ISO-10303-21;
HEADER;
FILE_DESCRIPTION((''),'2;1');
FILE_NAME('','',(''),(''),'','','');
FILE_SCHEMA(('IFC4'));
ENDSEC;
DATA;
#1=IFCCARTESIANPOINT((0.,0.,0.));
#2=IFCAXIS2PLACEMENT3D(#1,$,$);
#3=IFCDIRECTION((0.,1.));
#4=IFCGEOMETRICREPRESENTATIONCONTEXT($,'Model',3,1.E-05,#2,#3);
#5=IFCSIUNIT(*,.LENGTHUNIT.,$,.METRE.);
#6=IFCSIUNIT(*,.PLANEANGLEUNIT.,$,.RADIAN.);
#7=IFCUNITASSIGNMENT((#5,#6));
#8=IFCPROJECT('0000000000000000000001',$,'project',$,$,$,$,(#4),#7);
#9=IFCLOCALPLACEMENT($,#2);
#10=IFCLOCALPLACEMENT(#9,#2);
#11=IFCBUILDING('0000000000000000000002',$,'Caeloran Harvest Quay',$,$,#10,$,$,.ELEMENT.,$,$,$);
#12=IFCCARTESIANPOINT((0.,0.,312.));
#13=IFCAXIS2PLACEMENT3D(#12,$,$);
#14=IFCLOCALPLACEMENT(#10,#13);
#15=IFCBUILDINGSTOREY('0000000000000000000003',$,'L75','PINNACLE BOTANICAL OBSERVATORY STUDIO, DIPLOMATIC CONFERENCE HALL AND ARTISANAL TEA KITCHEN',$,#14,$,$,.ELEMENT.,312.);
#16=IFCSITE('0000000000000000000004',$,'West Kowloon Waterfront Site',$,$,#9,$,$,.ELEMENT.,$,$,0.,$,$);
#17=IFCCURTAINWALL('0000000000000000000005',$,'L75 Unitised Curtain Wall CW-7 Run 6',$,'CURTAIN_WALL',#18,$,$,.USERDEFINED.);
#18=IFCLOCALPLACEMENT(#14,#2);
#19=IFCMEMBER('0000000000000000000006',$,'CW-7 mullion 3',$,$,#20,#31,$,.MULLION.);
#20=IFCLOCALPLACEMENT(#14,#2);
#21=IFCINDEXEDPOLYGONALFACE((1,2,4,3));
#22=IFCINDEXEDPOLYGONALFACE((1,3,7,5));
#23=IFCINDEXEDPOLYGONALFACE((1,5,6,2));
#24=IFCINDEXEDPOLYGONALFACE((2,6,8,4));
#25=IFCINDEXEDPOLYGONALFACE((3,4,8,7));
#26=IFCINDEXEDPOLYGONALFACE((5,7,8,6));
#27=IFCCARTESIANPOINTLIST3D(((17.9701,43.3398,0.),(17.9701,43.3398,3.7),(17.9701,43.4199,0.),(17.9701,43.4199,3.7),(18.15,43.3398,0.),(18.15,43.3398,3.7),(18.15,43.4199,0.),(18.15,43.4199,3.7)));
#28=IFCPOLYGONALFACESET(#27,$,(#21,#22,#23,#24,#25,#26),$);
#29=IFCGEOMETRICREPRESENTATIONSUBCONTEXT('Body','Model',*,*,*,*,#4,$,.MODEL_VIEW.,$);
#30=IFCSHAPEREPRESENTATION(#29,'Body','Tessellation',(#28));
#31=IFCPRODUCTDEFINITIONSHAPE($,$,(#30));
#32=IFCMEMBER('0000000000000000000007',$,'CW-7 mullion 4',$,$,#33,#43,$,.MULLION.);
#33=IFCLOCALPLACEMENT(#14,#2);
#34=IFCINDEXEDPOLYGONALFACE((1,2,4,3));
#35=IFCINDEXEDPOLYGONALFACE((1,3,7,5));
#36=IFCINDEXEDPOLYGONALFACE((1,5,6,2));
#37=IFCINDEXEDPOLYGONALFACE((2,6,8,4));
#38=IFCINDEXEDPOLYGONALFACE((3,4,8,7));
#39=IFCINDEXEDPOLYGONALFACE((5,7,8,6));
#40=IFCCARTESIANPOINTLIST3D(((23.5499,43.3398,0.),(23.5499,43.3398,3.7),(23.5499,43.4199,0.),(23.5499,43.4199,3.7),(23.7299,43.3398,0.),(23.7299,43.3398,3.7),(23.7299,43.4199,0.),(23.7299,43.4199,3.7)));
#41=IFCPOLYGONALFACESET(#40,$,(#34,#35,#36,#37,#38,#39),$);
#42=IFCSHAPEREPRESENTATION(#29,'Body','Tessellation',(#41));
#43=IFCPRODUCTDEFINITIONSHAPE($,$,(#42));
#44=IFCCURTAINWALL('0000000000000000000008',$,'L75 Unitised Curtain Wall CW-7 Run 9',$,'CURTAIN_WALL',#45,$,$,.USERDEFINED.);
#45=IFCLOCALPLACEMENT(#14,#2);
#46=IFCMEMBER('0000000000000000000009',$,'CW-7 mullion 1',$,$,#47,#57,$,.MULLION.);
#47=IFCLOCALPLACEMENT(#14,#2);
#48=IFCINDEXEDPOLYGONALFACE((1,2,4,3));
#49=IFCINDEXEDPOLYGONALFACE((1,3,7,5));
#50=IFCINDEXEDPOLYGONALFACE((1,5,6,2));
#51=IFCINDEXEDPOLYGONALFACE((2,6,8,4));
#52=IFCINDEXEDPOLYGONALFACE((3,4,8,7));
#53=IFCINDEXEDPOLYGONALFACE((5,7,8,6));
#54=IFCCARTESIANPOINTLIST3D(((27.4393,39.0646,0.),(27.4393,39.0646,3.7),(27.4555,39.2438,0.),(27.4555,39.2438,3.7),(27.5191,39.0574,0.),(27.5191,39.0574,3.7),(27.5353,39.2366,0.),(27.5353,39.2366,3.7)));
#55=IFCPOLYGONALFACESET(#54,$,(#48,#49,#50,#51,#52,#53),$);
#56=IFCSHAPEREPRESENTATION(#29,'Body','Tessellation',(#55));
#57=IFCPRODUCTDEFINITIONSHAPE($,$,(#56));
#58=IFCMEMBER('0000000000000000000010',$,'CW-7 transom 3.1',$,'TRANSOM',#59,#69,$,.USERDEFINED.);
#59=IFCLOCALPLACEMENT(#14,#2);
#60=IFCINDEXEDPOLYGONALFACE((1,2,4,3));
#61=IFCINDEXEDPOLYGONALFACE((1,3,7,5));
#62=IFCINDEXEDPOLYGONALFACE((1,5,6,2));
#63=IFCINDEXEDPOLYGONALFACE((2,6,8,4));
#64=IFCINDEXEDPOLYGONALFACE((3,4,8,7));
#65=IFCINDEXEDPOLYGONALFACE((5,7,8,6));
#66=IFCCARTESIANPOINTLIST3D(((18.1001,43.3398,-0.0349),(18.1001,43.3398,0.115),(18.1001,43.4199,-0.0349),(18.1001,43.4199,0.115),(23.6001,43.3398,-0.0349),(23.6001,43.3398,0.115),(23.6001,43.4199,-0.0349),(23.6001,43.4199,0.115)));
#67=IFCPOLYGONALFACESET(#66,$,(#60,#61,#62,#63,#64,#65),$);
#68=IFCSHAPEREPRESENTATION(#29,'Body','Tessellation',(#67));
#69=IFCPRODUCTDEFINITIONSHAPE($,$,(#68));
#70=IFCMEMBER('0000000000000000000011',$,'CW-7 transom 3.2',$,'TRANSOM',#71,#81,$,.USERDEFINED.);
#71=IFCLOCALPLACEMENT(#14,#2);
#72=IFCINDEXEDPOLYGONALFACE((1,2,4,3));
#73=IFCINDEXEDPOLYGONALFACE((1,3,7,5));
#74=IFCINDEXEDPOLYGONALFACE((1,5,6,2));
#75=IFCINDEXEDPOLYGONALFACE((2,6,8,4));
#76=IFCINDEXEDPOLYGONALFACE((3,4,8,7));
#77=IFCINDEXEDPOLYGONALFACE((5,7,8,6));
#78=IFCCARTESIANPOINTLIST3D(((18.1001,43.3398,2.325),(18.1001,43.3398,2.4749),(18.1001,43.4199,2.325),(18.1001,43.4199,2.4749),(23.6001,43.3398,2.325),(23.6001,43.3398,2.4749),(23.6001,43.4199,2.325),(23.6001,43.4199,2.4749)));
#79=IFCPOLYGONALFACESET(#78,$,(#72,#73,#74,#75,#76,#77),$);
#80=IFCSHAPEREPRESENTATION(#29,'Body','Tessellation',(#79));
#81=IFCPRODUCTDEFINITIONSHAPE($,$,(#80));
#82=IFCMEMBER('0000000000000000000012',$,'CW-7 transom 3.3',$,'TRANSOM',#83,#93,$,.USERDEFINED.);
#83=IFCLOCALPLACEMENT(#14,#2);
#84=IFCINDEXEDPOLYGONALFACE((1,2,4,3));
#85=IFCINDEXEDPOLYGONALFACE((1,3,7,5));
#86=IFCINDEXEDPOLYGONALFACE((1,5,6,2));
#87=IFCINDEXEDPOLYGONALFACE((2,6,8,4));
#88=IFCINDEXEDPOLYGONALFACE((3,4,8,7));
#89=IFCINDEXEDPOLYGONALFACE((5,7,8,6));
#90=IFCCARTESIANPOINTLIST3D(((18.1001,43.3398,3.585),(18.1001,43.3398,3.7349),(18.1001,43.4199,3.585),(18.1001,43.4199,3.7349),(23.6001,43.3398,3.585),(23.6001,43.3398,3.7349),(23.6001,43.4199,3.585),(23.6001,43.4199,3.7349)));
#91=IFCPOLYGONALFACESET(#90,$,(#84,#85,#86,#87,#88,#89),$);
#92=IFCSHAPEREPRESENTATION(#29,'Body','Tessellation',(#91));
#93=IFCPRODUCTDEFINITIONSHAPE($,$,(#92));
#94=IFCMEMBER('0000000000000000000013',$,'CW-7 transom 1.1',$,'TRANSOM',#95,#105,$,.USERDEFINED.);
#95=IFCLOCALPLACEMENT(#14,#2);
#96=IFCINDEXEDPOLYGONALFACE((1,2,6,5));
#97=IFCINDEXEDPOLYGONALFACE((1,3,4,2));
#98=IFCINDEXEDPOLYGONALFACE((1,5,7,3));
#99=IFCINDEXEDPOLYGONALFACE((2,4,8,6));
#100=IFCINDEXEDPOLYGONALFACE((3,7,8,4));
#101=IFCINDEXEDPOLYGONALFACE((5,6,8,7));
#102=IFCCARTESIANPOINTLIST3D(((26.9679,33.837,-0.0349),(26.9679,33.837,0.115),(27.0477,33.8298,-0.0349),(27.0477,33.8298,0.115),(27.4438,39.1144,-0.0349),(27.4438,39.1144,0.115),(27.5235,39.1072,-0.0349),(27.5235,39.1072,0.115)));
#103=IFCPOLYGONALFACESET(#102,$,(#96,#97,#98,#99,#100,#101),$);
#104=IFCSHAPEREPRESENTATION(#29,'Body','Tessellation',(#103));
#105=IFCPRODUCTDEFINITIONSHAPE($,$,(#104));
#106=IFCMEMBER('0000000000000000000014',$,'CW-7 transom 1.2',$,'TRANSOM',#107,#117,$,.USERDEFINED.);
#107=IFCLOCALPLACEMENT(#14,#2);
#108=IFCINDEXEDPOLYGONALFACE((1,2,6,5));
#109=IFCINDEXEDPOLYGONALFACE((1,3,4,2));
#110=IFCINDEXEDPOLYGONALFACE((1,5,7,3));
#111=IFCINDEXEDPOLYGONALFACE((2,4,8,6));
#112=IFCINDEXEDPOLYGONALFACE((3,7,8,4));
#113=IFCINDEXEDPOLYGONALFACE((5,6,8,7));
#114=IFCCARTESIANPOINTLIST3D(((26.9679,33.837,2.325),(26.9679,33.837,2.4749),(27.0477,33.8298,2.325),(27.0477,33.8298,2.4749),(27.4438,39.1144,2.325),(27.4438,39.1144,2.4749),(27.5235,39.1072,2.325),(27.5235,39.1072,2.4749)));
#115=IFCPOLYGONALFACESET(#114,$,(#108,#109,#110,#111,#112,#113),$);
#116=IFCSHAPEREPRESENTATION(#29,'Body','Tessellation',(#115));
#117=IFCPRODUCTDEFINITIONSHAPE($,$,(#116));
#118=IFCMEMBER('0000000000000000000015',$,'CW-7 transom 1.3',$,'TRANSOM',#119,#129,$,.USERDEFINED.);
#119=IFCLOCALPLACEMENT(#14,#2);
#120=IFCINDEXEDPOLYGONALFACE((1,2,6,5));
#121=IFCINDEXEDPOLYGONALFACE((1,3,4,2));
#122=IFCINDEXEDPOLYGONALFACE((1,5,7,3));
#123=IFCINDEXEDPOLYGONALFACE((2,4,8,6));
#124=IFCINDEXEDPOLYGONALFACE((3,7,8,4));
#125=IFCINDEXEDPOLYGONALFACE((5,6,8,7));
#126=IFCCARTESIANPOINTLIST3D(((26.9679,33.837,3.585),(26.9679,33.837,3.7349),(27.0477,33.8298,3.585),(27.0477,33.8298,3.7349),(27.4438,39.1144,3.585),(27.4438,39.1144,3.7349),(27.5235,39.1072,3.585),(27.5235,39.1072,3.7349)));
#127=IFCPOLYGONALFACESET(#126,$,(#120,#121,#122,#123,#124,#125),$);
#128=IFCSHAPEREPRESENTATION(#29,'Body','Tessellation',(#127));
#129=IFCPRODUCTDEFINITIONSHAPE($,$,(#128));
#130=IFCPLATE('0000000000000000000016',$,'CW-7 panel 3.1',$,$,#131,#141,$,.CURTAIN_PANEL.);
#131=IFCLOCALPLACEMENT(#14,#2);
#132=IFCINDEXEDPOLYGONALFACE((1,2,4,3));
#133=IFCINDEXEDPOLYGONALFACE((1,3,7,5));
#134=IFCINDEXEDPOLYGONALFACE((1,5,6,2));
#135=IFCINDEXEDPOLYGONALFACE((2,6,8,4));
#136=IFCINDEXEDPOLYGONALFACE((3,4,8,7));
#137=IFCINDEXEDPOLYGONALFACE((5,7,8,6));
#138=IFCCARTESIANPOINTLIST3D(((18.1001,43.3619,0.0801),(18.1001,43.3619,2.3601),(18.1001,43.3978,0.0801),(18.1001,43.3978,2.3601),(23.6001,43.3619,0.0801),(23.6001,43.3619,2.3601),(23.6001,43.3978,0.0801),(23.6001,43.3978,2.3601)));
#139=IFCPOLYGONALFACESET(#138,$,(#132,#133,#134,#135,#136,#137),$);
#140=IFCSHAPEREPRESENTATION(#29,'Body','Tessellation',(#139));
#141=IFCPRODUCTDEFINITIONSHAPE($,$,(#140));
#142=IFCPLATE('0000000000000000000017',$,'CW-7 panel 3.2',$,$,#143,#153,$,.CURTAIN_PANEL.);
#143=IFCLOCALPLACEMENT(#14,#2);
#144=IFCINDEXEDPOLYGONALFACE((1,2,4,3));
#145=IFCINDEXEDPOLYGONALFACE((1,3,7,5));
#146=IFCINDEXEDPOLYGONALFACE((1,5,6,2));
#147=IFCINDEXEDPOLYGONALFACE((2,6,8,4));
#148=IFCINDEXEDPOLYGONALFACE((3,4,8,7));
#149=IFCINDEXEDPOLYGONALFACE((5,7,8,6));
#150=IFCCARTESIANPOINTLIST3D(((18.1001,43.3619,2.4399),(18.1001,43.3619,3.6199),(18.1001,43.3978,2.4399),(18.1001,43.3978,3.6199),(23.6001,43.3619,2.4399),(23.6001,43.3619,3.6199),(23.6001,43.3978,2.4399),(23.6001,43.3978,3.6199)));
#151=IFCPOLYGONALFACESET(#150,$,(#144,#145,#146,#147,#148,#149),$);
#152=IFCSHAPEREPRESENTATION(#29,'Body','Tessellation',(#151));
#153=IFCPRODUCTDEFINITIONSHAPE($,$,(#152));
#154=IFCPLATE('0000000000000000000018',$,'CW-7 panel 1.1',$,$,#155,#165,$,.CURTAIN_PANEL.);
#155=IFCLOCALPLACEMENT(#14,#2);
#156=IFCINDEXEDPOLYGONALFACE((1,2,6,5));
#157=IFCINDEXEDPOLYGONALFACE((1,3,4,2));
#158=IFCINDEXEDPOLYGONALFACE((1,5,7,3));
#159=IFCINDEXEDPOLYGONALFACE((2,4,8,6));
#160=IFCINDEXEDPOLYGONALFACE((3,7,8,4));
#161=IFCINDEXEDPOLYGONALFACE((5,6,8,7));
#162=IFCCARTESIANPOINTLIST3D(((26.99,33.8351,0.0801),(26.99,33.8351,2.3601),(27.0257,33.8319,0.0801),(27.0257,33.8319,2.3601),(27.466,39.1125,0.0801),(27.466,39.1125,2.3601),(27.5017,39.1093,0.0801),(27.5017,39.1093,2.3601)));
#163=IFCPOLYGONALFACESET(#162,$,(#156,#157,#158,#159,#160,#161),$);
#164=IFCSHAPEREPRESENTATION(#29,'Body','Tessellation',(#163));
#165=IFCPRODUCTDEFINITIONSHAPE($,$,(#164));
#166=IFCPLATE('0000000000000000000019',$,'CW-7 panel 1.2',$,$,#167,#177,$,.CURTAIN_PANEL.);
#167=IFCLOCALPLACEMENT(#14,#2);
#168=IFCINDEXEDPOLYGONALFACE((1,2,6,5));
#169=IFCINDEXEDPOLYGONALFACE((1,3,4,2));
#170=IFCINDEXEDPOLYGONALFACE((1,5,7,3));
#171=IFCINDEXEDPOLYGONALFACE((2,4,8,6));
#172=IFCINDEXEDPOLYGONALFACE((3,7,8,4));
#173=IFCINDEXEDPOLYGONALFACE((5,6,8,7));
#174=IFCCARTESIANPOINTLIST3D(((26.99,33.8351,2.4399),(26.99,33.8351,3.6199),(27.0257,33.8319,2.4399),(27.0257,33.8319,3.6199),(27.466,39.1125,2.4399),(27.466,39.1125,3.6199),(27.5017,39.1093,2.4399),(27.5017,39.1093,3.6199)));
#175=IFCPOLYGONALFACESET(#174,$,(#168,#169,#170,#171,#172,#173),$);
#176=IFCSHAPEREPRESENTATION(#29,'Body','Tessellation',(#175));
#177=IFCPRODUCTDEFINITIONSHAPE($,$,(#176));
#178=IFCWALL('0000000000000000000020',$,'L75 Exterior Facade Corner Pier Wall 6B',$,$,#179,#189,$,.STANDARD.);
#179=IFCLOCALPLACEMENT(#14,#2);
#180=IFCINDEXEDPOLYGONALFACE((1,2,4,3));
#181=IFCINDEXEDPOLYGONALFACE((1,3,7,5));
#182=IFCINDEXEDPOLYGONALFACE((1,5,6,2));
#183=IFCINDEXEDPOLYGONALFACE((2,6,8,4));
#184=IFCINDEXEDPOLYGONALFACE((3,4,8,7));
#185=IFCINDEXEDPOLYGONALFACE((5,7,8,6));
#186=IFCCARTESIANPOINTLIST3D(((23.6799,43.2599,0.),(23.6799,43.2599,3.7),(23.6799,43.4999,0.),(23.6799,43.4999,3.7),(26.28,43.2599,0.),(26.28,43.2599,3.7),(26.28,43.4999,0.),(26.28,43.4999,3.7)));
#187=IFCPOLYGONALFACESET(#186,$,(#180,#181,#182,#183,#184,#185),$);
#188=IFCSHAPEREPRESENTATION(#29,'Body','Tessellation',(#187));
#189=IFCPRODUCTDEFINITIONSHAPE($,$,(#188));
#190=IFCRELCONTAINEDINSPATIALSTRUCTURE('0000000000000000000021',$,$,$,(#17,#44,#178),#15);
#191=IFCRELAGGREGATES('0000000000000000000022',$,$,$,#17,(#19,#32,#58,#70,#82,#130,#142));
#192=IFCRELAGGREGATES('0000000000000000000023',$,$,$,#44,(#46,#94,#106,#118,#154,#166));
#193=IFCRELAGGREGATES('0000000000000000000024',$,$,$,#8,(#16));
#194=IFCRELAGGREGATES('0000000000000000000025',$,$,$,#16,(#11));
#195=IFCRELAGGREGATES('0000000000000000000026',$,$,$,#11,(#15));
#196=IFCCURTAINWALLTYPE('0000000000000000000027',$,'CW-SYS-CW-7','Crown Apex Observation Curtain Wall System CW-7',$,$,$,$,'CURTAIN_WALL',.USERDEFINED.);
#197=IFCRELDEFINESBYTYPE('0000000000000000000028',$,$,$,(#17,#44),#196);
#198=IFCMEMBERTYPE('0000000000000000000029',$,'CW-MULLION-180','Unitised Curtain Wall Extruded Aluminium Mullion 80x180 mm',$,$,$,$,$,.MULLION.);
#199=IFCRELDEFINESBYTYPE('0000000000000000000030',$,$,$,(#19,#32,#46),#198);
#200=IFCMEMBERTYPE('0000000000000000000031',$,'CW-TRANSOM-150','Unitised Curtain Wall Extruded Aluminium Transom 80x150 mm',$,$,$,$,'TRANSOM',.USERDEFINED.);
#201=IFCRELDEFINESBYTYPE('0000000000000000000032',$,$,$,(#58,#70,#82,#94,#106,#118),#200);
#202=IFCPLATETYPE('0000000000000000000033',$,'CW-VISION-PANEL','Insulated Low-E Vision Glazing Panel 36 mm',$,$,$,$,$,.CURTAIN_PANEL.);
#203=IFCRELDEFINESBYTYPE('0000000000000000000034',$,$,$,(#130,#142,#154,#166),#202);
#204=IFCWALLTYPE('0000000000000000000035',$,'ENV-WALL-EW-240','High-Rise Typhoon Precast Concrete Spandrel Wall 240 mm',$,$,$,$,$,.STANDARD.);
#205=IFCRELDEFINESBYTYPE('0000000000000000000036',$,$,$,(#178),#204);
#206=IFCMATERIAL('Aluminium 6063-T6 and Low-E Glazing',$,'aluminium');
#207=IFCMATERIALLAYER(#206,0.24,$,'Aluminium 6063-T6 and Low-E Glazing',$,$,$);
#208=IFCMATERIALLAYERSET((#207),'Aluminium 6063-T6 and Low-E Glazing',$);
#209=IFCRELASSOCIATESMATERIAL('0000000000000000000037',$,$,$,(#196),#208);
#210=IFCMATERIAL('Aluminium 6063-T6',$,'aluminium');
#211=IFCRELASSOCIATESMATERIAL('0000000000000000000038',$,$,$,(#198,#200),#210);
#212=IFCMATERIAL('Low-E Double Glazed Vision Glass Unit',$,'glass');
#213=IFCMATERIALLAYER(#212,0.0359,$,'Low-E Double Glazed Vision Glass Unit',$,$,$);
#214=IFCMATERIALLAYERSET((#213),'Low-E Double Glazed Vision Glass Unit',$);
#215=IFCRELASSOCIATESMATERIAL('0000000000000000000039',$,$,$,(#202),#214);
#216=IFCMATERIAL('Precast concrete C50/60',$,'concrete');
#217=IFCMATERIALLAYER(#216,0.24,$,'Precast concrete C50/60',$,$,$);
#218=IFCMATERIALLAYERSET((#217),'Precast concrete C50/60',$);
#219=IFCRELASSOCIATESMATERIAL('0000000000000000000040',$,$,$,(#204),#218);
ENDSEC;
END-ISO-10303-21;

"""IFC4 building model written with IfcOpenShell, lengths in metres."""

from ifc_helpers import new_model, si_unit, direction, frame, frame_2d, origin, origin_2d, place, context, subcontext, project, spatial, rectangle, extrude, material, layer, layer_set, material_profile, profile_set, type_object, element, aggregate, save


model = new_model("IFC4")

# Units and contexts
model_context = context("Model", 3, precision=1e-05, world=origin(), true_north=direction((0.0, 1.0)))
body_context = subcontext(model_context, "Body", "Model", "MODEL_VIEW")
ifc_project = project(units=[si_unit("LENGTHUNIT", "METRE"), si_unit("PLANEANGLEUNIT", "RADIAN")], contexts=[model_context])

# Site, building, storey
site_placement = place(None, origin())
site = spatial("IfcSite", under=ifc_project, at=site_placement, Name="West Kowloon Waterfront Site", CompositionType="ELEMENT", RefElevation=0.0)
building_placement = place(site_placement, origin())
building = spatial("IfcBuilding", under=site, at=building_placement, Name="Caeloran Harvest Quay", CompositionType="ELEMENT")
storey_placement = place(building_placement, frame((0.0, 0.0, 312.0)))
storey = spatial("IfcBuildingStorey", under=building, at=storey_placement, Name="L75", Description="PINNACLE BOTANICAL OBSERVATORY STUDIO, DIPLOMATIC CONFERENCE HALL AND ARTISANAL TEA KITCHEN", CompositionType="ELEMENT", Elevation=312.0)

# Curtain wall, members
ifc_material_1 = material(Name="Aluminium 6063-T6 and Low-E Glazing", Category="aluminium")
ifc_layer_1 = layer(ifc_material_1, 0.24, Name="Aluminium 6063-T6 and Low-E Glazing")
ifc_layer_set_1 = layer_set([ifc_layer_1], Name="Aluminium 6063-T6 and Low-E Glazing")
curtain_wall_type = type_object("IfcCurtainWallType", Name="CW-SYS-CW-7", Description="Crown Apex Observation Curtain Wall System CW-7", ElementType="CURTAIN_WALL", PredefinedType="USERDEFINED", material=ifc_layer_set_1)
curtain_wall_1_placement = place(storey_placement, origin())
curtain_wall_1 = element("IfcCurtainWall", 1, at=curtain_wall_1_placement, inside=storey, type_object=curtain_wall_type, Name="L75 Unitised Curtain Wall CW-7 Run 6", ObjectType="CURTAIN_WALL", PredefinedType="USERDEFINED")
ifc_material_2 = material(Name="Aluminium 6063-T6", Category="aluminium")
ifc_material_profile_1 = material_profile(ifc_material_2, rectangle(XDim=0.0801, YDim=0.1799, at=origin_2d()), Name="CW-MULLION-180")
ifc_profile_set_1 = profile_set([ifc_material_profile_1], Name="Aluminium 6063-T6")
member_type_1 = type_object("IfcMemberType", Name="CW-MULLION-180", Description="Unitised Curtain Wall Extruded Aluminium Mullion 80x180 mm", PredefinedType="MULLION", material=ifc_profile_set_1)
member_1_placement = place(storey_placement, frame((18.0601, 43.3799, 0.0), z_axis=(0.0, 0.0, 1.0), x_axis=(0.0, 1.0, 0.0)))
member_1 = element("IfcMember", 2, at=member_1_placement, type_object=member_type_1, Name="CW-7 mullion 3", PredefinedType="MULLION", context=body_context, shape_type="SweptSolid", body=[
    extrude(rectangle(XDim=0.0801, YDim=0.1799, at=origin_2d()), origin(), (0.0, 0.0, 1.0), 3.7),
])
member_2_placement = place(storey_placement, frame((23.6399, 43.3799, 0.0), z_axis=(0.0, 0.0, 1.0), x_axis=(0.0, 1.0, 0.0)))
member_2 = element("IfcMember", 3, at=member_2_placement, type_object=member_type_1, Name="CW-7 mullion 4", PredefinedType="MULLION", context=body_context, shape_type="SweptSolid", body=[
    extrude(rectangle(XDim=0.0801, YDim=0.1799, at=origin_2d()), origin(), (0.0, 0.0, 1.0), 3.7),
])

# Curtain wall, member
curtain_wall_2_placement = place(storey_placement, origin())
curtain_wall_2 = element("IfcCurtainWall", 4, at=curtain_wall_2_placement, inside=storey, type_object=curtain_wall_type, Name="L75 Unitised Curtain Wall CW-7 Run 9", ObjectType="CURTAIN_WALL", PredefinedType="USERDEFINED")
member_3_placement = place(storey_placement, frame((27.4873, 39.1506, 0.0), z_axis=(0.0, 0.0, 1.0), x_axis=(0.995958, -0.089821, 0.0)))
member_3 = element("IfcMember", 5, at=member_3_placement, type_object=member_type_1, Name="CW-7 mullion 1", PredefinedType="MULLION", context=body_context, shape_type="SweptSolid", body=[
    extrude(rectangle(XDim=0.0801, YDim=0.1799, at=origin_2d()), origin(), (0.0, 0.0, 1.0), 3.7),
])

# Members
ifc_material_profile_2 = material_profile(ifc_material_2, rectangle(XDim=0.0801, YDim=0.1499, at=origin_2d()), Name="CW-TRANSOM-150")
ifc_profile_set_2 = profile_set([ifc_material_profile_2], Name="Aluminium 6063-T6")
member_type_2 = type_object("IfcMemberType", Name="CW-TRANSOM-150", Description="Unitised Curtain Wall Extruded Aluminium Transom 80x150 mm", ElementType="TRANSOM", PredefinedType="USERDEFINED", material=ifc_profile_set_2)
member_4_placement = place(storey_placement, frame((18.1001, 43.3799, 0.04), z_axis=(1.0, 0.0, 0.0), x_axis=(0.0, 1.0, 0.0)))
member_4 = element("IfcMember", 6, at=member_4_placement, type_object=member_type_2, Name="CW-7 transom 3.1", ObjectType="TRANSOM", PredefinedType="USERDEFINED", context=body_context, shape_type="SweptSolid", body=[
    extrude(rectangle(XDim=0.0801, YDim=0.1499, at=origin_2d()), origin(), (0.0, 0.0, 1.0), 5.5),
])
member_5_placement = place(storey_placement, frame((18.1001, 43.3799, 2.3999), z_axis=(1.0, 0.0, 0.0), x_axis=(0.0, 1.0, 0.0)))
member_5 = element("IfcMember", 7, at=member_5_placement, type_object=member_type_2, Name="CW-7 transom 3.2", ObjectType="TRANSOM", PredefinedType="USERDEFINED", context=body_context, shape_type="SweptSolid", body=[
    extrude(rectangle(XDim=0.0801, YDim=0.1499, at=origin_2d()), origin(), (0.0, 0.0, 1.0), 5.5),
])
member_6_placement = place(storey_placement, frame((18.1001, 43.3799, 3.6599), z_axis=(1.0, 0.0, 0.0), x_axis=(0.0, 1.0, 0.0)))
member_6 = element("IfcMember", 8, at=member_6_placement, type_object=member_type_2, Name="CW-7 transom 3.3", ObjectType="TRANSOM", PredefinedType="USERDEFINED", context=body_context, shape_type="SweptSolid", body=[
    extrude(rectangle(XDim=0.0801, YDim=0.1499, at=origin_2d()), origin(), (0.0, 0.0, 1.0), 5.5),
])
member_7_placement = place(storey_placement, frame((27.4836, 39.1108, 0.04), z_axis=(-0.0898, -0.99596, 0.0), x_axis=(0.99596, -0.0898, 0.0)))
member_7 = element("IfcMember", 9, at=member_7_placement, type_object=member_type_2, Name="CW-7 transom 1.1", ObjectType="TRANSOM", PredefinedType="USERDEFINED", context=body_context, shape_type="SweptSolid", body=[
    extrude(rectangle(XDim=0.0801, YDim=0.1499, at=origin_2d()), origin(), (0.0, 0.0, 1.0), 5.2988),
])
member_8_placement = place(storey_placement, frame((27.4836, 39.1108, 2.3999), z_axis=(-0.0898, -0.99596, 0.0), x_axis=(0.99596, -0.0898, 0.0)))
member_8 = element("IfcMember", 10, at=member_8_placement, type_object=member_type_2, Name="CW-7 transom 1.2", ObjectType="TRANSOM", PredefinedType="USERDEFINED", context=body_context, shape_type="SweptSolid", body=[
    extrude(rectangle(XDim=0.0801, YDim=0.1499, at=origin_2d()), origin(), (0.0, 0.0, 1.0), 5.2988),
])
member_9_placement = place(storey_placement, frame((27.4836, 39.1108, 3.6599), z_axis=(-0.0898, -0.99596, 0.0), x_axis=(0.99596, -0.0898, 0.0)))
member_9 = element("IfcMember", 11, at=member_9_placement, type_object=member_type_2, Name="CW-7 transom 1.3", ObjectType="TRANSOM", PredefinedType="USERDEFINED", context=body_context, shape_type="SweptSolid", body=[
    extrude(rectangle(XDim=0.0801, YDim=0.1499, at=origin_2d()), origin(), (0.0, 0.0, 1.0), 5.2988),
])

# Plates
ifc_material_3 = material(Name="Low-E Double Glazed Vision Glass Unit", Category="glass")
ifc_layer_2 = layer(ifc_material_3, 0.0359, Name="Low-E Double Glazed Vision Glass Unit")
ifc_layer_set_2 = layer_set([ifc_layer_2], Name="Low-E Double Glazed Vision Glass Unit")
plate_type = type_object("IfcPlateType", Name="CW-VISION-PANEL", Description="Insulated Low-E Vision Glazing Panel 36 mm", PredefinedType="CURTAIN_PANEL", material=ifc_layer_set_2)
plate_1_placement = place(storey_placement, frame((20.8501, 43.3799, 0.0801), z_axis=(0.0, 0.0, 1.0), x_axis=(1.0, 0.0, 0.0)))
plate_1 = element("IfcPlate", 12, at=plate_1_placement, type_object=plate_type, Name="CW-7 panel 3.1", PredefinedType="CURTAIN_PANEL", context=body_context, shape_type="SweptSolid", body=[
    extrude(rectangle(XDim=5.5, YDim=0.0359, at=origin_2d()), origin(), (0.0, 0.0, 1.0), 2.28),
])
plate_2_placement = place(storey_placement, frame((20.8501, 43.3799, 2.4399), z_axis=(0.0, 0.0, 1.0), x_axis=(1.0, 0.0, 0.0)))
plate_2 = element("IfcPlate", 13, at=plate_2_placement, type_object=plate_type, Name="CW-7 panel 3.2", PredefinedType="CURTAIN_PANEL", context=body_context, shape_type="SweptSolid", body=[
    extrude(rectangle(XDim=5.5, YDim=0.0359, at=origin_2d()), origin(), (0.0, 0.0, 1.0), 1.1799),
])
aggregate(curtain_wall_1, [member_1, member_2, member_4, member_5, member_6, plate_1, plate_2])
plate_3_placement = place(storey_placement, frame((27.2458, 36.4722, 0.0801), z_axis=(0.0, 0.0, 1.0), x_axis=(-0.089821, -0.995958, 0.0)))
plate_3 = element("IfcPlate", 14, at=plate_3_placement, type_object=plate_type, Name="CW-7 panel 1.1", PredefinedType="CURTAIN_PANEL", context=body_context, shape_type="SweptSolid", body=[
    extrude(rectangle(XDim=5.2988, YDim=0.0359, at=origin_2d()), origin(), (0.0, 0.0, 1.0), 2.28),
])
plate_4_placement = place(storey_placement, frame((27.2458, 36.4722, 2.4399), z_axis=(0.0, 0.0, 1.0), x_axis=(-0.089821, -0.995958, 0.0)))
plate_4 = element("IfcPlate", 15, at=plate_4_placement, type_object=plate_type, Name="CW-7 panel 1.2", PredefinedType="CURTAIN_PANEL", context=body_context, shape_type="SweptSolid", body=[
    extrude(rectangle(XDim=5.2988, YDim=0.0359, at=origin_2d()), origin(), (0.0, 0.0, 1.0), 1.1799),
])
aggregate(curtain_wall_2, [member_3, member_7, member_8, member_9, plate_3, plate_4])

# Wall
ifc_material_4 = material(Name="Precast concrete C50/60", Category="concrete")
ifc_layer_3 = layer(ifc_material_4, 0.24, Name="Precast concrete C50/60")
ifc_layer_set_3 = layer_set([ifc_layer_3], Name="Precast concrete C50/60")
wall_type_1 = type_object("IfcWallType", Name="ENV-WALL-EW-240", Description="High-Rise Typhoon Precast Concrete Spandrel Wall 240 mm", PredefinedType="STANDARD", material=ifc_layer_set_3)
wall_1_placement = place(storey_placement, frame((23.6799, 43.3799, 0.0), z_axis=(0.0, 0.0, 1.0), x_axis=(1.0, 0.0, 0.0)))
element("IfcWall", 16, at=wall_1_placement, inside=storey, type_object=wall_type_1, Name="L75 Exterior Facade Corner Pier Wall 6B", PredefinedType="STANDARD", context=body_context, shape_type="SweptSolid", body=[
    extrude(rectangle(XDim=2.6001, YDim=0.24, at=frame_2d((1.3, 0.0))), origin(), (0.0, 0.0, 1.0), 3.7),
])

save(model, "model.ifc")
